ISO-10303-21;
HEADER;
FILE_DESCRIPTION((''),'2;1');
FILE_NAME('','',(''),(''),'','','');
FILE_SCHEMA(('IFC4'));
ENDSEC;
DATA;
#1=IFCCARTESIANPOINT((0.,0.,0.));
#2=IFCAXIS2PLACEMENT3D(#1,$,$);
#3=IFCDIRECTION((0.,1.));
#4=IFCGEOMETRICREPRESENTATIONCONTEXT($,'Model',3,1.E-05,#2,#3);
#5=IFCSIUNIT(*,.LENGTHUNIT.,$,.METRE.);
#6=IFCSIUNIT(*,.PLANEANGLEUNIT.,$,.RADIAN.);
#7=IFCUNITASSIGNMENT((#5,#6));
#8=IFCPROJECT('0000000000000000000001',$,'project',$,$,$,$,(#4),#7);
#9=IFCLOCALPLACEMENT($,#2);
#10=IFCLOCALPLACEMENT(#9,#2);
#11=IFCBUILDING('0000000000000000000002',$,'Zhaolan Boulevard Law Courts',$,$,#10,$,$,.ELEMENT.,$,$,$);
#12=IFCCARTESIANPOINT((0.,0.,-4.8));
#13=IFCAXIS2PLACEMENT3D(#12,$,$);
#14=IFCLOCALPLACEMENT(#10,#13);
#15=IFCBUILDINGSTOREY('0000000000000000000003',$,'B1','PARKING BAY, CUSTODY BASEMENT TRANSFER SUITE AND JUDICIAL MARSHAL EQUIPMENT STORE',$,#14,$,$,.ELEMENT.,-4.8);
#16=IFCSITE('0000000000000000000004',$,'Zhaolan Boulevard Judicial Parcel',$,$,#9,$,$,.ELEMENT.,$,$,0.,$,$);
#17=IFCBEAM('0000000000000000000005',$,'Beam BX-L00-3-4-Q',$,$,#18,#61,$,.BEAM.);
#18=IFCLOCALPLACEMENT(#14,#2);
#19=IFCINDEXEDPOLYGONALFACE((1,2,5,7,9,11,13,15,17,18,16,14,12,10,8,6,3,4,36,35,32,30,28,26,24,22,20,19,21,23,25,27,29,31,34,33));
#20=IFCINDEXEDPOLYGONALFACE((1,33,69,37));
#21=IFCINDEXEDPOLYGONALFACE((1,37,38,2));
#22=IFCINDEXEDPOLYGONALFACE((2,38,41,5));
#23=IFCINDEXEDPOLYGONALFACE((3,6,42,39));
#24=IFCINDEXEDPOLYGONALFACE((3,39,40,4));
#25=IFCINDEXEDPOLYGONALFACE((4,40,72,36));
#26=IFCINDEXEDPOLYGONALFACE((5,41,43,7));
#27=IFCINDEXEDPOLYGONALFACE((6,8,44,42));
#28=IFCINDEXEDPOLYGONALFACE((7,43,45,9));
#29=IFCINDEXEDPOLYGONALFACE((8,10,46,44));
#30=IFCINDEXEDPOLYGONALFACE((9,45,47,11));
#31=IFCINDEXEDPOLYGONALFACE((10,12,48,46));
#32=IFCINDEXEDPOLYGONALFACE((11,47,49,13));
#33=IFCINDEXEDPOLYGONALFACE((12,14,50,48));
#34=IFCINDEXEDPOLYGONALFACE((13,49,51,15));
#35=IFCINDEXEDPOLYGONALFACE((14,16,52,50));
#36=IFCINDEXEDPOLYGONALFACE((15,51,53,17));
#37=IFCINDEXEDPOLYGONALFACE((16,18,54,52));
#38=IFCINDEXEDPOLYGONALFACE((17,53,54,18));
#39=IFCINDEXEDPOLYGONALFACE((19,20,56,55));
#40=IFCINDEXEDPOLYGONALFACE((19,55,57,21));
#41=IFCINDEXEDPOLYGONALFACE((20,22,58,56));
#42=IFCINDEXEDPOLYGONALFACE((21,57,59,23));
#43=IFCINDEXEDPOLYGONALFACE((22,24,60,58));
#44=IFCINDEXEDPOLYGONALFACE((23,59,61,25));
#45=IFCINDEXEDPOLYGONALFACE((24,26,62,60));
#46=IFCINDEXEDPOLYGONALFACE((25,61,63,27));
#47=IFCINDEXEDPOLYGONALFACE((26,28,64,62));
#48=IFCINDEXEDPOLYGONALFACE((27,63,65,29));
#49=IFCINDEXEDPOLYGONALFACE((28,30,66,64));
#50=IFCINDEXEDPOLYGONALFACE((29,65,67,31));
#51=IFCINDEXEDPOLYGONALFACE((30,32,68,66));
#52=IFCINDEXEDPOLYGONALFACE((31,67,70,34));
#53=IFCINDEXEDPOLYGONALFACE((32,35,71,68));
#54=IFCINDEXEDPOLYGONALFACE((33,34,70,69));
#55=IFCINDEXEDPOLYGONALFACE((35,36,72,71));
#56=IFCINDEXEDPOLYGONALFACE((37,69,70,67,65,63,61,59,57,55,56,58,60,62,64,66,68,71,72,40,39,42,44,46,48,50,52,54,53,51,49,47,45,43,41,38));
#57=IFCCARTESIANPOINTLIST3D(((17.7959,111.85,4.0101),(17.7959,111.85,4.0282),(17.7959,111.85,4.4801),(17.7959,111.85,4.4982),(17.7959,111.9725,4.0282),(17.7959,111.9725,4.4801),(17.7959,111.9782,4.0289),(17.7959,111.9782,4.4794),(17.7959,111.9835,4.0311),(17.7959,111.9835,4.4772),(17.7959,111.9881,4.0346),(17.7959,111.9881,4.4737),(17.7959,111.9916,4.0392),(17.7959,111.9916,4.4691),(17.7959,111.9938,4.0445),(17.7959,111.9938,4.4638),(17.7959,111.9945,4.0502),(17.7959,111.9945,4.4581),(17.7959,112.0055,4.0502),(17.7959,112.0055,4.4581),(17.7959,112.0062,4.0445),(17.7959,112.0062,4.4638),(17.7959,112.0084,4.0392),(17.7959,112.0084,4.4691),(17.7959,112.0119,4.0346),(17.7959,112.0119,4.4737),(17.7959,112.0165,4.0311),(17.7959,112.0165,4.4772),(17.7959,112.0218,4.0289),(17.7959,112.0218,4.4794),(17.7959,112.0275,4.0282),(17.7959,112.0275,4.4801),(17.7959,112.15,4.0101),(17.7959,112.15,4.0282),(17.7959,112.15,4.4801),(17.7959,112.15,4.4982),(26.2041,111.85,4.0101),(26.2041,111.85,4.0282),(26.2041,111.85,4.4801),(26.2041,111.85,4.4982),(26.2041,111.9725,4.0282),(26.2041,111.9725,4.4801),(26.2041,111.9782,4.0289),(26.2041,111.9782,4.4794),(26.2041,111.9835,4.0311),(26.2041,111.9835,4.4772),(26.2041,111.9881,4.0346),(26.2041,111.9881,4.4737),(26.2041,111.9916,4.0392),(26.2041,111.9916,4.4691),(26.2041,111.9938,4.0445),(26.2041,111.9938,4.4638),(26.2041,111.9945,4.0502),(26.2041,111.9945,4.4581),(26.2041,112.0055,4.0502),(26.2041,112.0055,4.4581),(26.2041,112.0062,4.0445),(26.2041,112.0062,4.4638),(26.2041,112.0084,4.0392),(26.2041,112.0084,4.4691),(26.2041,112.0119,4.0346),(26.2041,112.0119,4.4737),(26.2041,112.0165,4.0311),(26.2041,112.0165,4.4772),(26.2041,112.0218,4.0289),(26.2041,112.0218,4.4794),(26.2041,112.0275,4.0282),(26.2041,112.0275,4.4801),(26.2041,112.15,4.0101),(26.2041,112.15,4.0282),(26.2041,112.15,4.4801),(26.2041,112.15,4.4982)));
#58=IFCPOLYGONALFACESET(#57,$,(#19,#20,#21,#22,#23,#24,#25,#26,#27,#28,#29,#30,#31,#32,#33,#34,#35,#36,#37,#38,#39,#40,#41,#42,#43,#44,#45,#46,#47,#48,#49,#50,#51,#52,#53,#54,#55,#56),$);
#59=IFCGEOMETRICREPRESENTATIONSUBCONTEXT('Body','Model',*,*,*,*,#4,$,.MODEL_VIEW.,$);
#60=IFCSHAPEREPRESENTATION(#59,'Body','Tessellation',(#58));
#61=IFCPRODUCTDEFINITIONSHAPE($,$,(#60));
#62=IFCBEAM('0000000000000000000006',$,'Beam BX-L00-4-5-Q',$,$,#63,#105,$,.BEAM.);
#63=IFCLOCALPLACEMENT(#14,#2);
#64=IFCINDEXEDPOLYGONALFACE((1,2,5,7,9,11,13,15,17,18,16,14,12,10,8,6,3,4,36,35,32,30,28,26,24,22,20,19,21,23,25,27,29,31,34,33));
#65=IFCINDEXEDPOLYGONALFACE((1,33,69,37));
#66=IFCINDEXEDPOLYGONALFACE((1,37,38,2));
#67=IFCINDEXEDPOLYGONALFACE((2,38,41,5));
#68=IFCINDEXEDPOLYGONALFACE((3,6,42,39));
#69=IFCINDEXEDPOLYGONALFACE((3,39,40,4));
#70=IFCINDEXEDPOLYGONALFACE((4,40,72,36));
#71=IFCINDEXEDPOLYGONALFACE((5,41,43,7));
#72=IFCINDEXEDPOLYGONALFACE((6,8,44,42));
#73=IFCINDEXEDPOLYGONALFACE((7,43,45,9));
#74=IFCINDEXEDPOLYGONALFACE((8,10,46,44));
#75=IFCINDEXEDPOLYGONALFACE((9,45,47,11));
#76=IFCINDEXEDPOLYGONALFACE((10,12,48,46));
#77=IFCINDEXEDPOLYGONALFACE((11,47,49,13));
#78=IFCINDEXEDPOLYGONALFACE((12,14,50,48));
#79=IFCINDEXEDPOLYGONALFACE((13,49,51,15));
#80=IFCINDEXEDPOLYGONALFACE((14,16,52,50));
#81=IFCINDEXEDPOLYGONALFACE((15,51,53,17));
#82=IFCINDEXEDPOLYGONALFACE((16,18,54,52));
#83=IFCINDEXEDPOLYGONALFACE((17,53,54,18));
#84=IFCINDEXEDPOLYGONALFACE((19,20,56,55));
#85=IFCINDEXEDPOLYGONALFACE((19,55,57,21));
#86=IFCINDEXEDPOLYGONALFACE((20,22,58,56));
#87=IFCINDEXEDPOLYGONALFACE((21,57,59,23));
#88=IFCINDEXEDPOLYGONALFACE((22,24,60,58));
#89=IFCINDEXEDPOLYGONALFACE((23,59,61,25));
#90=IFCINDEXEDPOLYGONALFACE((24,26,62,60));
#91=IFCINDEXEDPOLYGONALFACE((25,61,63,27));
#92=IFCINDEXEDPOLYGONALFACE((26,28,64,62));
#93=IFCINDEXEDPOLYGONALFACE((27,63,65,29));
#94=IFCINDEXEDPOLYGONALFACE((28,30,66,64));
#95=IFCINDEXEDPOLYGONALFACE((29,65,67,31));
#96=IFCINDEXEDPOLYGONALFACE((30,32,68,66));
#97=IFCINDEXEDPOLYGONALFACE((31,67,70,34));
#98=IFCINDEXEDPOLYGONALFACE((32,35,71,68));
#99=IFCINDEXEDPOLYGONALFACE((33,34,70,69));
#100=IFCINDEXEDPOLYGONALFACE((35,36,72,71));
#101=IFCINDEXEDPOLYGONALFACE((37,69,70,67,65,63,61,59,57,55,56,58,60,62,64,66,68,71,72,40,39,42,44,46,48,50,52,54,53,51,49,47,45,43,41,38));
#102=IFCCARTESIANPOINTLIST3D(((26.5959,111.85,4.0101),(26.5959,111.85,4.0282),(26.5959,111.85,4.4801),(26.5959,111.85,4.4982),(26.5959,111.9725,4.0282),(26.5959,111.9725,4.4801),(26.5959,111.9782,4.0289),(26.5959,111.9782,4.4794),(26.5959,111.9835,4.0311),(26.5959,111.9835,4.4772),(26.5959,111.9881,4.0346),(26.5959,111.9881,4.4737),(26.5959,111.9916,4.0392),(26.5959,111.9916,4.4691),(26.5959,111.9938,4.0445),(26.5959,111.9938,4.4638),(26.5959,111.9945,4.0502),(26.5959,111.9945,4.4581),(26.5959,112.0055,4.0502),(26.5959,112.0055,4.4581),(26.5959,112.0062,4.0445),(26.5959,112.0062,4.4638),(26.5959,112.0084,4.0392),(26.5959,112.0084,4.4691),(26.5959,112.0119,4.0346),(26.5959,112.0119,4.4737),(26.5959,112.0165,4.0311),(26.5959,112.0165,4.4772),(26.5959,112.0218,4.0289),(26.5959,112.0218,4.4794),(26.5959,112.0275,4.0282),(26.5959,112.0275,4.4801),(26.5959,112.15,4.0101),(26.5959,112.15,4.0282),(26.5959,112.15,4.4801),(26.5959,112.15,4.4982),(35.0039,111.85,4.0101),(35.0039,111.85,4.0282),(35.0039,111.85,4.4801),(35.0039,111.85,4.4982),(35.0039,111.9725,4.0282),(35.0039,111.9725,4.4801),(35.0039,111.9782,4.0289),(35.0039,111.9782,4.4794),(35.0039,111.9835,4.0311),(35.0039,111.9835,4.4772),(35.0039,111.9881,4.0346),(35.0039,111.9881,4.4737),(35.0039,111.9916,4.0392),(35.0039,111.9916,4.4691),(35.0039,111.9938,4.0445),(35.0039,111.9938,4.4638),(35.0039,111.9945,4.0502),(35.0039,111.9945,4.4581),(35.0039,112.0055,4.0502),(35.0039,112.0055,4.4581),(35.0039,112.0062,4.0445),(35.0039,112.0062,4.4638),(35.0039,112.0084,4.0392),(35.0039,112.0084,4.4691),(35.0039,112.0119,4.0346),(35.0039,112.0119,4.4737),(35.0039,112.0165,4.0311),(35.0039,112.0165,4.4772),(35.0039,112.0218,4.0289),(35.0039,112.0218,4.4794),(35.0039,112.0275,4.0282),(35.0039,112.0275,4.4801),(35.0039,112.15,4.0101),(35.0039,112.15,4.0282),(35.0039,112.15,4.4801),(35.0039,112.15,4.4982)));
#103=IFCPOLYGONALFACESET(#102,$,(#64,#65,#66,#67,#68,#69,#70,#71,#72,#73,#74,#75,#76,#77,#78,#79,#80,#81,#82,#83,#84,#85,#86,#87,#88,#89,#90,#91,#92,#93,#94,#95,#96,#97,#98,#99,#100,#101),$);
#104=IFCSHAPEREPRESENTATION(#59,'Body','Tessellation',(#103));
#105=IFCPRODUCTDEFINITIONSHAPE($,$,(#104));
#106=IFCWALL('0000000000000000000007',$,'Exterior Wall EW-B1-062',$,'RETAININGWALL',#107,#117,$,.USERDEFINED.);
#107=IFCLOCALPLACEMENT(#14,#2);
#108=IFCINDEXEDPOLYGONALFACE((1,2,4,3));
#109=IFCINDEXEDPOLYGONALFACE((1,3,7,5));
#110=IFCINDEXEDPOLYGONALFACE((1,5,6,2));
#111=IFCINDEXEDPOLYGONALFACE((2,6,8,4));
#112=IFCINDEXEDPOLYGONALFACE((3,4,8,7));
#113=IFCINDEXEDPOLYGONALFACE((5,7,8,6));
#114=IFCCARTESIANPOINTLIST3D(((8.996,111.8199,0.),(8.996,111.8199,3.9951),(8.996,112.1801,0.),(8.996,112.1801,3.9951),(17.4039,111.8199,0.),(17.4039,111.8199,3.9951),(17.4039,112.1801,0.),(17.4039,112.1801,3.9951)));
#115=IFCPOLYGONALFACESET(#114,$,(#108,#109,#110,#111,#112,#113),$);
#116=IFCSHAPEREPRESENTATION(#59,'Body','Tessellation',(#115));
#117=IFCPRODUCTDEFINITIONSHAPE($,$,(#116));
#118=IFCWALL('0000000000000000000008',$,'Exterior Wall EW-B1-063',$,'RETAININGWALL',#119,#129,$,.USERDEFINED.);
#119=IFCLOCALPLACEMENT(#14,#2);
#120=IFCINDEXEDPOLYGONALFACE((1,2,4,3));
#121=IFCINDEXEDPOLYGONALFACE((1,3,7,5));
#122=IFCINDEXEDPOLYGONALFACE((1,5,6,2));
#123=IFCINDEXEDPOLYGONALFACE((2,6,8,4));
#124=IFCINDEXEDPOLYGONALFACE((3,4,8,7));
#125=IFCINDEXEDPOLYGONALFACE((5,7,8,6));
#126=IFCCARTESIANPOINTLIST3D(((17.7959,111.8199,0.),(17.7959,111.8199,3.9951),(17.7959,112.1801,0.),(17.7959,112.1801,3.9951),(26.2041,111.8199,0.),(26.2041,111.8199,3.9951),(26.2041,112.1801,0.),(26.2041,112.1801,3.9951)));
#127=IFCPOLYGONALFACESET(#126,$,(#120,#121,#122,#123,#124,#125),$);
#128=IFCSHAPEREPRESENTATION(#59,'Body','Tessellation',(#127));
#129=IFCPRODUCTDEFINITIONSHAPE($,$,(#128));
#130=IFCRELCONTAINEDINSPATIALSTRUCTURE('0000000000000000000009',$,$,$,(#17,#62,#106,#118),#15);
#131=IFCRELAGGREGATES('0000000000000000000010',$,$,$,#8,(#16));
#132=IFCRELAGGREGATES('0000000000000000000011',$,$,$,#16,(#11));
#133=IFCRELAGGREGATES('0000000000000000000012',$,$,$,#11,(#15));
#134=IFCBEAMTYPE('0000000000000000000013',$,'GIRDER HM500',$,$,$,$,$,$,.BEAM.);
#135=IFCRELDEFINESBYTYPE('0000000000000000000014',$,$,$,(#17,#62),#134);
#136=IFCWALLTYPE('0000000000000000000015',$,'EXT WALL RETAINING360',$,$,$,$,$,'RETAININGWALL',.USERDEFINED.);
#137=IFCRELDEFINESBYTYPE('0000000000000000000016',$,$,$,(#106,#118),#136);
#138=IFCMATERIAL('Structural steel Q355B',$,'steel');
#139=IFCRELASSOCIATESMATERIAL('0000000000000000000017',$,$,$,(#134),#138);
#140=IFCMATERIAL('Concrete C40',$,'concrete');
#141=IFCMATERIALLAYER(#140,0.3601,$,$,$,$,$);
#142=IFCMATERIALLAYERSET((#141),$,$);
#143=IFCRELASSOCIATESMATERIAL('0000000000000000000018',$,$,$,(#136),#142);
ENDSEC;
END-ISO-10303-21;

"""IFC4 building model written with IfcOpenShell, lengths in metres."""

from ifc_helpers import new_model, si_unit, direction, frame, frame_2d, origin, origin_2d, place, context, subcontext, project, spatial, rectangle, i_section, extrude, material, layer, layer_set, material_profile, profile_set, type_object, element, save


model = new_model("IFC4")

# Units and contexts
model_context = context("Model", 3, precision=1e-05, world=origin(), true_north=direction((0.0, 1.0)))
body_context = subcontext(model_context, "Body", "Model", "MODEL_VIEW")
ifc_project = project(units=[si_unit("LENGTHUNIT", "METRE"), si_unit("PLANEANGLEUNIT", "RADIAN")], contexts=[model_context])

# Site, building, storey
site_placement = place(None, origin())
site = spatial("IfcSite", under=ifc_project, at=site_placement, Name="Zhaolan Boulevard Judicial Parcel", CompositionType="ELEMENT", RefElevation=0.0)
building_placement = place(site_placement, origin())
building = spatial("IfcBuilding", under=site, at=building_placement, Name="Zhaolan Boulevard Law Courts", CompositionType="ELEMENT")
storey_placement = place(building_placement, frame((0.0, 0.0, -4.8)))
storey = spatial("IfcBuildingStorey", under=building, at=storey_placement, Name="B1", Description="PARKING BAY, CUSTODY BASEMENT TRANSFER SUITE AND JUDICIAL MARSHAL EQUIPMENT STORE", CompositionType="ELEMENT", Elevation=-4.8)

# Beams
ifc_material_1 = material(Name="Structural steel Q355B", Category="steel")
ifc_material_profile_1 = material_profile(ifc_material_1, i_section(OverallWidth=0.3, OverallDepth=0.488, WebThickness=0.011, FlangeThickness=0.0181, FilletRadius=0.022, at=origin_2d()), Name="HM488x300")
ifc_profile_set_1 = profile_set([ifc_material_profile_1], Name="Structural steel Q355B")
beam_type_1 = type_object("IfcBeamType", Name="GIRDER HM500", PredefinedType="BEAM", material=ifc_profile_set_1)
beam_1_placement = place(storey_placement, frame((17.7959, 112.0, 4.2542), z_axis=(1.0, 0.0, 0.0), x_axis=(0.0, 1.0, 0.0)))
element("IfcBeam", 1, at=beam_1_placement, inside=storey, type_object=beam_type_1, Name="Beam BX-L00-3-4-Q", PredefinedType="BEAM", context=body_context, shape_type="SweptSolid", body=[
    extrude(i_section(OverallWidth=0.3, OverallDepth=0.488, WebThickness=0.011, FlangeThickness=0.0181, FilletRadius=0.022, at=origin_2d()), origin(), (0.0, 0.0, 1.0), 8.4082),
])
beam_2_placement = place(storey_placement, frame((26.5959, 112.0, 4.2542), z_axis=(1.0, 0.0, 0.0), x_axis=(0.0, 1.0, 0.0)))
element("IfcBeam", 2, at=beam_2_placement, inside=storey, type_object=beam_type_1, Name="Beam BX-L00-4-5-Q", PredefinedType="BEAM", context=body_context, shape_type="SweptSolid", body=[
    extrude(i_section(OverallWidth=0.3, OverallDepth=0.488, WebThickness=0.011, FlangeThickness=0.0181, FilletRadius=0.022, at=origin_2d()), origin(), (0.0, 0.0, 1.0), 8.408),
])

# Walls
ifc_material_2 = material(Name="Concrete C40", Category="concrete")
ifc_layer = layer(ifc_material_2, 0.3601)
ifc_layer_set = layer_set([ifc_layer])
wall_type = type_object("IfcWallType", Name="EXT WALL RETAINING360", ElementType="RETAININGWALL", PredefinedType="USERDEFINED", material=ifc_layer_set)
wall_1_placement = place(storey_placement, frame((17.4041, 112.0, 0.0), z_axis=(0.0, 0.0, 1.0), x_axis=(-1.0, 0.0, 0.0)))
element("IfcWall", 3, at=wall_1_placement, inside=storey, type_object=wall_type, Name="Exterior Wall EW-B1-062", ObjectType="RETAININGWALL", PredefinedType="USERDEFINED", context=body_context, shape_type="SweptSolid", body=[
    extrude(rectangle(XDim=8.408, YDim=0.3601, at=frame_2d((4.2041, 0.0))), origin(), (0.0, 0.0, 1.0), 3.9951),
])
wall_2_placement = place(storey_placement, frame((26.2041, 112.0, 0.0), z_axis=(0.0, 0.0, 1.0), x_axis=(-1.0, 0.0, 0.0)))
element("IfcWall", 4, at=wall_2_placement, inside=storey, type_object=wall_type, Name="Exterior Wall EW-B1-063", ObjectType="RETAININGWALL", PredefinedType="USERDEFINED", context=body_context, shape_type="SweptSolid", body=[
    extrude(rectangle(XDim=8.4082, YDim=0.3601, at=frame_2d((4.2041, 0.0))), origin(), (0.0, 0.0, 1.0), 3.9951),
])

save(model, "model.ifc")
